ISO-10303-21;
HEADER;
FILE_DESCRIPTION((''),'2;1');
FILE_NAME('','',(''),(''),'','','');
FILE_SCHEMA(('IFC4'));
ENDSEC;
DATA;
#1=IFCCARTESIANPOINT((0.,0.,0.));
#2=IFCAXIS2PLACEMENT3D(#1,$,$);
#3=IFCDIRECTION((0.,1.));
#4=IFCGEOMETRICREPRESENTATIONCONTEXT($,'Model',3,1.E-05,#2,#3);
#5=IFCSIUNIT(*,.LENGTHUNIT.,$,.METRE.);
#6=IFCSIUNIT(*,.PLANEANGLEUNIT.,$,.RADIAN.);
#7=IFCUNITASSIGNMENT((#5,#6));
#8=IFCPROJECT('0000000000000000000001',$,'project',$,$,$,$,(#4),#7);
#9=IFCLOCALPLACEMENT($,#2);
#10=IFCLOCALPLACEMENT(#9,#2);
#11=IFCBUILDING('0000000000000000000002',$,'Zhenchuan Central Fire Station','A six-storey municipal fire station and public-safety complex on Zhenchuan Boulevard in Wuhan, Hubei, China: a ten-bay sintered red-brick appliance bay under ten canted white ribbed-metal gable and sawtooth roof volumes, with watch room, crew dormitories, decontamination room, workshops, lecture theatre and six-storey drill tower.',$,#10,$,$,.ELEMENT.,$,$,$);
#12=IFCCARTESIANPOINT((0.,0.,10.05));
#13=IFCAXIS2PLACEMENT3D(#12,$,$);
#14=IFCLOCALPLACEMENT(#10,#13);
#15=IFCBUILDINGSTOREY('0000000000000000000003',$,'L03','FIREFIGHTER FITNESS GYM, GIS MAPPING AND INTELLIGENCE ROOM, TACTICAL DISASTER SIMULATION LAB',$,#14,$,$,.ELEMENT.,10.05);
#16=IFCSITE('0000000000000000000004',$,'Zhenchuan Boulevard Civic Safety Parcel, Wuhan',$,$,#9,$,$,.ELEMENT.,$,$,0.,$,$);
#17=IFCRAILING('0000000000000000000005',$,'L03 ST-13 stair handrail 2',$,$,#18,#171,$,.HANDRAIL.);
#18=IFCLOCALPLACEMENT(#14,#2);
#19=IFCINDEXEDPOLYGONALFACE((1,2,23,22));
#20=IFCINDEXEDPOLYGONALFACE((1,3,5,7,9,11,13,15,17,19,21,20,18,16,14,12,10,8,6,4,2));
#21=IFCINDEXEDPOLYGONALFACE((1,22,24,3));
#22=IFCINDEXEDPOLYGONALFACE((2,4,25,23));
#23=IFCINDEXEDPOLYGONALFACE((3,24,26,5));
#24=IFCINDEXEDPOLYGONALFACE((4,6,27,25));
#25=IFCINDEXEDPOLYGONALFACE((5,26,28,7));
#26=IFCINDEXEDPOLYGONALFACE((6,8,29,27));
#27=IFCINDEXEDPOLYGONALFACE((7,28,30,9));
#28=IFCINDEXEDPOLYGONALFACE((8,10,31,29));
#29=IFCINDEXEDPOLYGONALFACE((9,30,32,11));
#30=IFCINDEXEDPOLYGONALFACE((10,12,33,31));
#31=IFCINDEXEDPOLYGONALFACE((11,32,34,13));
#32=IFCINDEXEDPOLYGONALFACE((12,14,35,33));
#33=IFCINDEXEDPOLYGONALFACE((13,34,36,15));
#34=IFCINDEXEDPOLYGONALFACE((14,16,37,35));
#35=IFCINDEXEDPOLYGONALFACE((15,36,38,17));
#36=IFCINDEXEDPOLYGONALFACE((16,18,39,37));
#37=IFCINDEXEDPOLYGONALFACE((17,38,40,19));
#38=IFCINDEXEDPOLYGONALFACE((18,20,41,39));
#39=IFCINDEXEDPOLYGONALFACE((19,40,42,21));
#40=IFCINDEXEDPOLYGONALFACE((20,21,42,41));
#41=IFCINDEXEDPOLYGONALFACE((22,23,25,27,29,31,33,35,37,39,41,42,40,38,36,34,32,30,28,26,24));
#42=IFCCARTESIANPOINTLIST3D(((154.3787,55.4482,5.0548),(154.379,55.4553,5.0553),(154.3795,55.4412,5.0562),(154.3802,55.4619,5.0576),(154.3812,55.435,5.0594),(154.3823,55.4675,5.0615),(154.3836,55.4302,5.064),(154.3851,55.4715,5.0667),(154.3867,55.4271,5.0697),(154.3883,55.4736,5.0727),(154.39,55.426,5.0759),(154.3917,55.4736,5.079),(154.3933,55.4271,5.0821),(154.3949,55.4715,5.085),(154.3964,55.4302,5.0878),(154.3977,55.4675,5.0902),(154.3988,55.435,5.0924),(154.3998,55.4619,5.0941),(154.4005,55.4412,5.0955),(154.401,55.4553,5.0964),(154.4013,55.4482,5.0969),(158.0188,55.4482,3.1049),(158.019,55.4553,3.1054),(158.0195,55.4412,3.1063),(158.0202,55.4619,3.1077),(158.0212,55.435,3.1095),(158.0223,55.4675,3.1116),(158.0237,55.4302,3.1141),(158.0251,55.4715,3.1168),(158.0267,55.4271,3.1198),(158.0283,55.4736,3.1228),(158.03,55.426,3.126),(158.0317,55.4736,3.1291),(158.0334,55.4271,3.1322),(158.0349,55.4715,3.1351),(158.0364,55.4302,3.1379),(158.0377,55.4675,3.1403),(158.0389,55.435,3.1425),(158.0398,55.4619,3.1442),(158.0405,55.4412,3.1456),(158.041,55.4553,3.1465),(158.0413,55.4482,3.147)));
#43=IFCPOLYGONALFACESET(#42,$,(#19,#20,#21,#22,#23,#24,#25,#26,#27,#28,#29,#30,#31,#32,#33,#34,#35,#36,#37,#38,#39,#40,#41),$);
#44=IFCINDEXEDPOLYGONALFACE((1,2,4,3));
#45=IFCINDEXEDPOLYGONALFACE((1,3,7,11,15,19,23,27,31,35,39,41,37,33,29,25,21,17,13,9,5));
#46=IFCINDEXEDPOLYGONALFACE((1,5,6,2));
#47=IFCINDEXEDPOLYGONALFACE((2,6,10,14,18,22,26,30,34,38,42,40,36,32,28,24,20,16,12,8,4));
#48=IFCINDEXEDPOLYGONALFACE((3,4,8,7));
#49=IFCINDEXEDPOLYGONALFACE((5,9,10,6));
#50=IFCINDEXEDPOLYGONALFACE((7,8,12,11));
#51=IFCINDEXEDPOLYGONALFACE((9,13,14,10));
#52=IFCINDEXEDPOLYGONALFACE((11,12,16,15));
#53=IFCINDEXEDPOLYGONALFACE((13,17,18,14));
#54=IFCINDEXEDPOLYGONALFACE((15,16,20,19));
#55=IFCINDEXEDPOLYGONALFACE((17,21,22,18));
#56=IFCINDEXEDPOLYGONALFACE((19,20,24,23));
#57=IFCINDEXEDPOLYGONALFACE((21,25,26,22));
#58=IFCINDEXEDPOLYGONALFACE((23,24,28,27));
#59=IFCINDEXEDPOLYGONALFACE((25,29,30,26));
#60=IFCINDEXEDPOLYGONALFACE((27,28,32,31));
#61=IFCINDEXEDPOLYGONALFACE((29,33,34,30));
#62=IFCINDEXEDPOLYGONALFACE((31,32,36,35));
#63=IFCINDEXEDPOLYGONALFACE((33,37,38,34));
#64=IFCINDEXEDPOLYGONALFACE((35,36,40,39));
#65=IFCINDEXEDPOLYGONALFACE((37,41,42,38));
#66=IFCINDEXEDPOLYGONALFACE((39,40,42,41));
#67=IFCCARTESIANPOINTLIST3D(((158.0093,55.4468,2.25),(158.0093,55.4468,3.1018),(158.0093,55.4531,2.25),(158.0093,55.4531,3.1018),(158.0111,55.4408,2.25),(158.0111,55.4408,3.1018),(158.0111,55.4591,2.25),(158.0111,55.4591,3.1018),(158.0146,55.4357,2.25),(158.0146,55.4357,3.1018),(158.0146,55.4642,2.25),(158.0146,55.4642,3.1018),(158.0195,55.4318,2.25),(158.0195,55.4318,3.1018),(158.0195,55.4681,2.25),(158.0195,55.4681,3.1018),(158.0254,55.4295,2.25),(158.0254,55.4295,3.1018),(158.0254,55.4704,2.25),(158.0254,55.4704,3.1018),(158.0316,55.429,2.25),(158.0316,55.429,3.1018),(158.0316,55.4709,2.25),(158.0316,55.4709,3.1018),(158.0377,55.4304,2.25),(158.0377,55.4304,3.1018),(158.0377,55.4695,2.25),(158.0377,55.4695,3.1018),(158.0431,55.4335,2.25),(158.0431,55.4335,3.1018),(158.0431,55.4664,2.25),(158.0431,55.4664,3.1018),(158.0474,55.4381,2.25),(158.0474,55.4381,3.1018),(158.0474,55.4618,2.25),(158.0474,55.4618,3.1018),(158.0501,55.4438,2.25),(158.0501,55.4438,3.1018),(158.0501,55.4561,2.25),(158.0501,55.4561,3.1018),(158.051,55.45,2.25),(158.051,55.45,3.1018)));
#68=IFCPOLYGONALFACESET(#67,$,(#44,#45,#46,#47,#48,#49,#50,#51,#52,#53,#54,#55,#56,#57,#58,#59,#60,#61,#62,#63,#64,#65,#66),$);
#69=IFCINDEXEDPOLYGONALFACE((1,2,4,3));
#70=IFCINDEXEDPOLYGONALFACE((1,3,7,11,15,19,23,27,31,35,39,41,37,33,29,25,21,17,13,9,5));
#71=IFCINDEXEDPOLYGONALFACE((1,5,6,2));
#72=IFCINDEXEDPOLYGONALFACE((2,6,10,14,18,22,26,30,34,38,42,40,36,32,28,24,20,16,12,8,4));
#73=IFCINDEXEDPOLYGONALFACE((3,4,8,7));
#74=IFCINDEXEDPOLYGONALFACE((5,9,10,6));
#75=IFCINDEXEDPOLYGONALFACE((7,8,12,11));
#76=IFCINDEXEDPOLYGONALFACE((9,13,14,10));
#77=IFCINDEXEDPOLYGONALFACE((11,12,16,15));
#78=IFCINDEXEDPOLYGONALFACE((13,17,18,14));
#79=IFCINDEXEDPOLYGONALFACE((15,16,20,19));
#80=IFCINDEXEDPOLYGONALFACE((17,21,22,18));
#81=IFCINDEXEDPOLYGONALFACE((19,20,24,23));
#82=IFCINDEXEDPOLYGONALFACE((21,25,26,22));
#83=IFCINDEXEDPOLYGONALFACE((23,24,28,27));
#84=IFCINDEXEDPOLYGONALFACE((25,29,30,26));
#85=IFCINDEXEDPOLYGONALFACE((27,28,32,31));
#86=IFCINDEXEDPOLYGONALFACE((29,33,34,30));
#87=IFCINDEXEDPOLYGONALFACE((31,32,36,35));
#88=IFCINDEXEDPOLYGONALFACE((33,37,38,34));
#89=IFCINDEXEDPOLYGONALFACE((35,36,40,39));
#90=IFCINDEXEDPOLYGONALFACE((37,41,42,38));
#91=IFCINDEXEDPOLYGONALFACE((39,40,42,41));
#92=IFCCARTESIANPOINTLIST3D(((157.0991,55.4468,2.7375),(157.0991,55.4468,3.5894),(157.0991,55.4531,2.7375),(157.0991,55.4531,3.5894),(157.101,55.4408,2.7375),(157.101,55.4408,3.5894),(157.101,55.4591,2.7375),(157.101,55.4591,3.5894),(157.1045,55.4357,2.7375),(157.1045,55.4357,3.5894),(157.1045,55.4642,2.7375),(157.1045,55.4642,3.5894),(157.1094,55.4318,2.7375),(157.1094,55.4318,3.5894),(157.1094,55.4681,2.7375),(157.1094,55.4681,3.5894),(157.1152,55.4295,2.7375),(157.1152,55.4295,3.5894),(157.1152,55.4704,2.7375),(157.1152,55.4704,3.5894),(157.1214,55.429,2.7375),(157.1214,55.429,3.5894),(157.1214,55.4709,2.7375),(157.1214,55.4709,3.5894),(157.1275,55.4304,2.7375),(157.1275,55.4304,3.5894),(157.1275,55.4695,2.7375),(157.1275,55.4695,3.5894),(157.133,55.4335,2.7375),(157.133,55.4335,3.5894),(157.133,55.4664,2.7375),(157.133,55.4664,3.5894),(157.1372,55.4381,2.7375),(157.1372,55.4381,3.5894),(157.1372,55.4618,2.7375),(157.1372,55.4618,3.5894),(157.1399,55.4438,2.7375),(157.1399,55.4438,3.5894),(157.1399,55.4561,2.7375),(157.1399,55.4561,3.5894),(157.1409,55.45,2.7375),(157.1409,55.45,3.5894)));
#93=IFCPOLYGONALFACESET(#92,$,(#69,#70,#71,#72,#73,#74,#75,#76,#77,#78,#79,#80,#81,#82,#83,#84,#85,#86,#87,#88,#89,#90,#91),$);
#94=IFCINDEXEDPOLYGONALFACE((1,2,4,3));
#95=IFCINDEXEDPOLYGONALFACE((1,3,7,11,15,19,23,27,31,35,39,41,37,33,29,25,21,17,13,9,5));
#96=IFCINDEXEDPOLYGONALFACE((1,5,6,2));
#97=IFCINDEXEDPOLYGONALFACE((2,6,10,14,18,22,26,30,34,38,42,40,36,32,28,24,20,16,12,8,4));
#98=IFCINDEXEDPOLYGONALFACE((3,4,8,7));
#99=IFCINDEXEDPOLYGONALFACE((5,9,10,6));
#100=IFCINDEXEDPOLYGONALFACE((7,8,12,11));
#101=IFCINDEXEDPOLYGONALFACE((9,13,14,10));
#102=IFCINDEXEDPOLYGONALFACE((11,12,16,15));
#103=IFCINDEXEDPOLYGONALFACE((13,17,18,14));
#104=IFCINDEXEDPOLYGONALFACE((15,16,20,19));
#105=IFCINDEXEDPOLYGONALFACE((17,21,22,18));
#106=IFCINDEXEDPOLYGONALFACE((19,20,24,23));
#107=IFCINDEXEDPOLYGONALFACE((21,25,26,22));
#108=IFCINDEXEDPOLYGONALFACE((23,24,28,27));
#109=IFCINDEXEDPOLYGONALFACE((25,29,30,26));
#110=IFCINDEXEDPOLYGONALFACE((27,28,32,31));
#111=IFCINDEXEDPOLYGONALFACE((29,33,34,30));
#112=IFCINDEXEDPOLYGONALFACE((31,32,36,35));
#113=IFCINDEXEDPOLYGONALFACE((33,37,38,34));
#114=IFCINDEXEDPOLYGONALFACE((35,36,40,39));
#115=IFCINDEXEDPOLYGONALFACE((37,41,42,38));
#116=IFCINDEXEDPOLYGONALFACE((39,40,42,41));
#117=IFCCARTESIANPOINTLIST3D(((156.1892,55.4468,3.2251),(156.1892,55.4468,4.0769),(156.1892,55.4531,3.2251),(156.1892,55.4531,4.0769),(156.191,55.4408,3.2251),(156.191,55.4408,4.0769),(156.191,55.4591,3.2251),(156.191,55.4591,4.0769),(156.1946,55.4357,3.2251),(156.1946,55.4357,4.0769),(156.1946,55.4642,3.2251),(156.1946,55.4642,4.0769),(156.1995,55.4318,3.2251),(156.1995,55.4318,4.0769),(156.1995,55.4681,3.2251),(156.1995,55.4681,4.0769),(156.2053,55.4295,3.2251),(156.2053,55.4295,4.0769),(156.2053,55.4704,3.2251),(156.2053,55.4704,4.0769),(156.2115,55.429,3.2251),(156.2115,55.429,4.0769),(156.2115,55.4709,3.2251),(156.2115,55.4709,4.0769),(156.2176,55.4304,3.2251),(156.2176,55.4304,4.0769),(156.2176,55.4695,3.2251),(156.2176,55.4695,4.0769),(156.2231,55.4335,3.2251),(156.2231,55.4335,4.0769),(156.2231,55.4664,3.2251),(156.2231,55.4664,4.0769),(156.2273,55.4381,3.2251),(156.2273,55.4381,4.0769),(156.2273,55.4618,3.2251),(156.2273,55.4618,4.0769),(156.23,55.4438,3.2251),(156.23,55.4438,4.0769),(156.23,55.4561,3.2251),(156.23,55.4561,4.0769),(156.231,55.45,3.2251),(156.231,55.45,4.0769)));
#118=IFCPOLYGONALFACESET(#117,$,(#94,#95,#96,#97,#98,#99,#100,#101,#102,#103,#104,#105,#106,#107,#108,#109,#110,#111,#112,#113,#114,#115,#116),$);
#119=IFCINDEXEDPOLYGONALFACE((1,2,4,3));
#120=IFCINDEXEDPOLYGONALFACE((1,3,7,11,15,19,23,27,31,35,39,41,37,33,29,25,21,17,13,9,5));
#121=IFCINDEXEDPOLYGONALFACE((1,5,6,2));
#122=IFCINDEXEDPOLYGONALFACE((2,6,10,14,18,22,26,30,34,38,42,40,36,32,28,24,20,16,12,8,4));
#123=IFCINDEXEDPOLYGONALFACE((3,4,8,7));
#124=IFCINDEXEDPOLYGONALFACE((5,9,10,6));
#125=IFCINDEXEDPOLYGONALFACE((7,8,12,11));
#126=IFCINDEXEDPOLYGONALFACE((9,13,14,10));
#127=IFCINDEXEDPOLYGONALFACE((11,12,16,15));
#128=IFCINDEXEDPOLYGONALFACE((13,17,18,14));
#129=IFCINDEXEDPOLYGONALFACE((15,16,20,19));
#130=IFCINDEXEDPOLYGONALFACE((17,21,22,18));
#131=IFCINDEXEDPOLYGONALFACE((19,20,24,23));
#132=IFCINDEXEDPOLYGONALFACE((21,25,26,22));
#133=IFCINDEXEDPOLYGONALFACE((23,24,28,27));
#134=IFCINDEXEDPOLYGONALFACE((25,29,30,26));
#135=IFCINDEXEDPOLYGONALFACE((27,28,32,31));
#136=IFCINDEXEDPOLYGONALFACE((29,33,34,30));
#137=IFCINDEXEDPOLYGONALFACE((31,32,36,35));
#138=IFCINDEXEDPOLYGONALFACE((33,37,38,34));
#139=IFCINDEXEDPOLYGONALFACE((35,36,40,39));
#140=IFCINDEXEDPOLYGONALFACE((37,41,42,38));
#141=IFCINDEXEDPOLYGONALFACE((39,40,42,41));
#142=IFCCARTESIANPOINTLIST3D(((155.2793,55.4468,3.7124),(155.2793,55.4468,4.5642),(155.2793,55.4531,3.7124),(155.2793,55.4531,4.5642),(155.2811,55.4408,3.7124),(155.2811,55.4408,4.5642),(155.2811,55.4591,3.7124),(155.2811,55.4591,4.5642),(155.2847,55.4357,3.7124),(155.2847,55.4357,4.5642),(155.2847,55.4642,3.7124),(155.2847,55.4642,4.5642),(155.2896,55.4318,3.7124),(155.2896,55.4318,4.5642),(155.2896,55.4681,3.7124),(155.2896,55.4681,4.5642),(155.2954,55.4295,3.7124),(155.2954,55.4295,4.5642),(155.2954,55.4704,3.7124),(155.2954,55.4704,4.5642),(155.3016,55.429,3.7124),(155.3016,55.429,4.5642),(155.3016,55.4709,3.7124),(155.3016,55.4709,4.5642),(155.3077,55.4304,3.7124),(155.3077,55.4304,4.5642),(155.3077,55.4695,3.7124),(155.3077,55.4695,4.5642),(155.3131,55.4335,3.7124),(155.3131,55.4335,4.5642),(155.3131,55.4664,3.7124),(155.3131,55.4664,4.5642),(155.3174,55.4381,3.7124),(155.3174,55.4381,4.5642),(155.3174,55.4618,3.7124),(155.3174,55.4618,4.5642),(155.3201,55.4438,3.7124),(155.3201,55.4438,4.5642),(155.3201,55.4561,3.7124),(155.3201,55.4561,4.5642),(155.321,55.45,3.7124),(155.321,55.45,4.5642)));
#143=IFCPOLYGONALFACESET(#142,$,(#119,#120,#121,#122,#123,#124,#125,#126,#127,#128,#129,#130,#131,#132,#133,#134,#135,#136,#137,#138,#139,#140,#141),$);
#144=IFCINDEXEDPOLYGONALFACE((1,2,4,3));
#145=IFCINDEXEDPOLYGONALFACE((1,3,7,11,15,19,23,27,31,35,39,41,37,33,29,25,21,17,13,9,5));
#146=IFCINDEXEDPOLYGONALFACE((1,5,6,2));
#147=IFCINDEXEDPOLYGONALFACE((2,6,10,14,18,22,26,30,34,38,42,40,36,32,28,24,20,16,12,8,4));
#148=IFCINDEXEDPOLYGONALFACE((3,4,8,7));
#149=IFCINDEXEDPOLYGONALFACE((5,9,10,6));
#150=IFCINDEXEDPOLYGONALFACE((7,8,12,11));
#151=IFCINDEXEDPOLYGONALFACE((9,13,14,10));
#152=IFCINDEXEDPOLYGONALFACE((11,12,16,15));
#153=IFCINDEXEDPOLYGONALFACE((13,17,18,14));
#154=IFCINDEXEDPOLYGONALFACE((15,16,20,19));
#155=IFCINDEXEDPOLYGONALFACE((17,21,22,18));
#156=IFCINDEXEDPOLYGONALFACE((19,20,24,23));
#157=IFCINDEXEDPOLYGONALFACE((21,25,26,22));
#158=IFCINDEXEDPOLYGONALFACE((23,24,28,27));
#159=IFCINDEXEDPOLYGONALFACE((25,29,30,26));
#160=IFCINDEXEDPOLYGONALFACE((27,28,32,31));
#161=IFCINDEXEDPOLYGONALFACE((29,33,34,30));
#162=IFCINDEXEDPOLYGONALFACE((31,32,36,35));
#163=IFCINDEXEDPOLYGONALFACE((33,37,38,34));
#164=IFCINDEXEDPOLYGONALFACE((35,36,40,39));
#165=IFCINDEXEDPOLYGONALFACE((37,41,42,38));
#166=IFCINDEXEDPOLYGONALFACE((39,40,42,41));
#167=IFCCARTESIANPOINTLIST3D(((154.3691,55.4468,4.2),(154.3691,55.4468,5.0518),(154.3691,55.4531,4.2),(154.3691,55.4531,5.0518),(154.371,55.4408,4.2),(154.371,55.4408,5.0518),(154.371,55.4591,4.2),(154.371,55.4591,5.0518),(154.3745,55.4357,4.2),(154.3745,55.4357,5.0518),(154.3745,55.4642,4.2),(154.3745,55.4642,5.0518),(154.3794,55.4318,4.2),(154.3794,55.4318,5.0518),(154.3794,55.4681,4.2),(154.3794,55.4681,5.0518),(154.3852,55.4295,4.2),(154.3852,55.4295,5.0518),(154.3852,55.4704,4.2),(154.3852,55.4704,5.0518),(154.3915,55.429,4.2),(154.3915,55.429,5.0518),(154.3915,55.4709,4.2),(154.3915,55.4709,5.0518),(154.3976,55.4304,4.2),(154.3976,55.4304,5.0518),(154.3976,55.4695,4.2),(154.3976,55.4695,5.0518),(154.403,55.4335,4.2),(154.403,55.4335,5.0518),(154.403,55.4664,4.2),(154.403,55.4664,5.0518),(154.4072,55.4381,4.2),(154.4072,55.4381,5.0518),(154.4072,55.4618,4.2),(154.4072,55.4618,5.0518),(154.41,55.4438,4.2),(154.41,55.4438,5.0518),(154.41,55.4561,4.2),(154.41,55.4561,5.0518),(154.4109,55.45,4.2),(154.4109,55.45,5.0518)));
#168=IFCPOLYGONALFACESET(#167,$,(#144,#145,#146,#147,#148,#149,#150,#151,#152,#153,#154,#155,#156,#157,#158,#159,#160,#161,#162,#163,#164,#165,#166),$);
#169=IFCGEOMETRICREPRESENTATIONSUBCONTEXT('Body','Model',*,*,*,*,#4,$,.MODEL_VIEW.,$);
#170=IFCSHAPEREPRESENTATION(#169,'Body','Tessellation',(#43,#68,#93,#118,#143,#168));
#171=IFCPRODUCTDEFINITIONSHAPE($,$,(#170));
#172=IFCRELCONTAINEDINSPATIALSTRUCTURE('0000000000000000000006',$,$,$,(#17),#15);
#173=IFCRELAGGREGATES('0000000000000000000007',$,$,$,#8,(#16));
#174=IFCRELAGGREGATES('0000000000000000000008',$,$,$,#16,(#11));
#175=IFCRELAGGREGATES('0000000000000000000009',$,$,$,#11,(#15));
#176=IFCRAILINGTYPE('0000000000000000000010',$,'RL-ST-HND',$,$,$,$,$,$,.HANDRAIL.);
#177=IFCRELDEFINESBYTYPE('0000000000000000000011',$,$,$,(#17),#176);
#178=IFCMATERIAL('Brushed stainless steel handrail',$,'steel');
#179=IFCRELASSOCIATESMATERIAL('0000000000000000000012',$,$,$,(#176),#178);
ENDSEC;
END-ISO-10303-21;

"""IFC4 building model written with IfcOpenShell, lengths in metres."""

from ifc_helpers import new_model, si_unit, direction, frame, origin, origin_2d, place, context, subcontext, project, spatial, circle, extrude, material, type_object, element, save


model = new_model("IFC4")

# Units and contexts
model_context = context("Model", 3, precision=1e-05, world=origin(), true_north=direction((0.0, 1.0)))
body_context = subcontext(model_context, "Body", "Model", "MODEL_VIEW")
ifc_project = project(units=[si_unit("LENGTHUNIT", "METRE"), si_unit("PLANEANGLEUNIT", "RADIAN")], contexts=[model_context])

# Site, building, storey
site_placement = place(None, origin())
site = spatial("IfcSite", under=ifc_project, at=site_placement, Name="Zhenchuan Boulevard Civic Safety Parcel, Wuhan", CompositionType="ELEMENT", RefElevation=0.0)
building_placement = place(site_placement, origin())
building = spatial("IfcBuilding", under=site, at=building_placement, Name="Zhenchuan Central Fire Station", Description="A six-storey municipal fire station and public-safety complex on Zhenchuan Boulevard in Wuhan, Hubei, China: a ten-bay sintered red-brick appliance bay under ten canted white ribbed-metal gable and sawtooth roof volumes, with watch room, crew dormitories, decontamination room, workshops, lecture theatre and six-storey drill tower.", CompositionType="ELEMENT")
storey_placement = place(building_placement, frame((0.0, 0.0, 10.05)))
storey = spatial("IfcBuildingStorey", under=building, at=storey_placement, Name="L03", Description="FIREFIGHTER FITNESS GYM, GIS MAPPING AND INTELLIGENCE ROOM, TACTICAL DISASTER SIMULATION LAB", CompositionType="ELEMENT", Elevation=10.05)

# Railing
ifc_material_1 = material(Name="Brushed stainless steel handrail", Category="steel")
railing_type_1 = type_object("IfcRailingType", Name="RL-ST-HND", PredefinedType="HANDRAIL", material=ifc_material_1)
railing_1_placement = place(storey_placement, frame((158.03, 55.45, 2.25)))
element("IfcRailing", 1, at=railing_1_placement, inside=storey, type_object=railing_type_1, Name="L03 ST-13 stair handrail 2", PredefinedType="HANDRAIL", context=body_context, shape_type="SweptSolid", body=[
    extrude(circle(Radius=0.0239, at=origin_2d()), frame((0.0, 0.0, 0.876), z_axis=(-0.881492, 0.0, 0.472198), x_axis=(0.0, -1.0, 0.0)), (0.0, 0.0, 1.0), 4.1294),
    extrude(circle(Radius=0.021, at=origin_2d()), origin(), (0.0, 0.0, 1.0), 0.8518),
    extrude(circle(Radius=0.021, at=origin_2d()), frame((-0.9102, 0.0, 0.4875)), (0.0, 0.0, 1.0), 0.8518),
    extrude(circle(Radius=0.021, at=origin_2d()), frame((-1.8201, 0.0, 0.9751)), (0.0, 0.0, 1.0), 0.8518),
    extrude(circle(Radius=0.021, at=origin_2d()), frame((-2.73, 0.0, 1.4624)), (0.0, 0.0, 1.0), 0.8518),
    extrude(circle(Radius=0.021, at=origin_2d()), frame((-3.6401, 0.0, 1.95)), (0.0, 0.0, 1.0), 0.8518),
])

save(model, "model.ifc")
